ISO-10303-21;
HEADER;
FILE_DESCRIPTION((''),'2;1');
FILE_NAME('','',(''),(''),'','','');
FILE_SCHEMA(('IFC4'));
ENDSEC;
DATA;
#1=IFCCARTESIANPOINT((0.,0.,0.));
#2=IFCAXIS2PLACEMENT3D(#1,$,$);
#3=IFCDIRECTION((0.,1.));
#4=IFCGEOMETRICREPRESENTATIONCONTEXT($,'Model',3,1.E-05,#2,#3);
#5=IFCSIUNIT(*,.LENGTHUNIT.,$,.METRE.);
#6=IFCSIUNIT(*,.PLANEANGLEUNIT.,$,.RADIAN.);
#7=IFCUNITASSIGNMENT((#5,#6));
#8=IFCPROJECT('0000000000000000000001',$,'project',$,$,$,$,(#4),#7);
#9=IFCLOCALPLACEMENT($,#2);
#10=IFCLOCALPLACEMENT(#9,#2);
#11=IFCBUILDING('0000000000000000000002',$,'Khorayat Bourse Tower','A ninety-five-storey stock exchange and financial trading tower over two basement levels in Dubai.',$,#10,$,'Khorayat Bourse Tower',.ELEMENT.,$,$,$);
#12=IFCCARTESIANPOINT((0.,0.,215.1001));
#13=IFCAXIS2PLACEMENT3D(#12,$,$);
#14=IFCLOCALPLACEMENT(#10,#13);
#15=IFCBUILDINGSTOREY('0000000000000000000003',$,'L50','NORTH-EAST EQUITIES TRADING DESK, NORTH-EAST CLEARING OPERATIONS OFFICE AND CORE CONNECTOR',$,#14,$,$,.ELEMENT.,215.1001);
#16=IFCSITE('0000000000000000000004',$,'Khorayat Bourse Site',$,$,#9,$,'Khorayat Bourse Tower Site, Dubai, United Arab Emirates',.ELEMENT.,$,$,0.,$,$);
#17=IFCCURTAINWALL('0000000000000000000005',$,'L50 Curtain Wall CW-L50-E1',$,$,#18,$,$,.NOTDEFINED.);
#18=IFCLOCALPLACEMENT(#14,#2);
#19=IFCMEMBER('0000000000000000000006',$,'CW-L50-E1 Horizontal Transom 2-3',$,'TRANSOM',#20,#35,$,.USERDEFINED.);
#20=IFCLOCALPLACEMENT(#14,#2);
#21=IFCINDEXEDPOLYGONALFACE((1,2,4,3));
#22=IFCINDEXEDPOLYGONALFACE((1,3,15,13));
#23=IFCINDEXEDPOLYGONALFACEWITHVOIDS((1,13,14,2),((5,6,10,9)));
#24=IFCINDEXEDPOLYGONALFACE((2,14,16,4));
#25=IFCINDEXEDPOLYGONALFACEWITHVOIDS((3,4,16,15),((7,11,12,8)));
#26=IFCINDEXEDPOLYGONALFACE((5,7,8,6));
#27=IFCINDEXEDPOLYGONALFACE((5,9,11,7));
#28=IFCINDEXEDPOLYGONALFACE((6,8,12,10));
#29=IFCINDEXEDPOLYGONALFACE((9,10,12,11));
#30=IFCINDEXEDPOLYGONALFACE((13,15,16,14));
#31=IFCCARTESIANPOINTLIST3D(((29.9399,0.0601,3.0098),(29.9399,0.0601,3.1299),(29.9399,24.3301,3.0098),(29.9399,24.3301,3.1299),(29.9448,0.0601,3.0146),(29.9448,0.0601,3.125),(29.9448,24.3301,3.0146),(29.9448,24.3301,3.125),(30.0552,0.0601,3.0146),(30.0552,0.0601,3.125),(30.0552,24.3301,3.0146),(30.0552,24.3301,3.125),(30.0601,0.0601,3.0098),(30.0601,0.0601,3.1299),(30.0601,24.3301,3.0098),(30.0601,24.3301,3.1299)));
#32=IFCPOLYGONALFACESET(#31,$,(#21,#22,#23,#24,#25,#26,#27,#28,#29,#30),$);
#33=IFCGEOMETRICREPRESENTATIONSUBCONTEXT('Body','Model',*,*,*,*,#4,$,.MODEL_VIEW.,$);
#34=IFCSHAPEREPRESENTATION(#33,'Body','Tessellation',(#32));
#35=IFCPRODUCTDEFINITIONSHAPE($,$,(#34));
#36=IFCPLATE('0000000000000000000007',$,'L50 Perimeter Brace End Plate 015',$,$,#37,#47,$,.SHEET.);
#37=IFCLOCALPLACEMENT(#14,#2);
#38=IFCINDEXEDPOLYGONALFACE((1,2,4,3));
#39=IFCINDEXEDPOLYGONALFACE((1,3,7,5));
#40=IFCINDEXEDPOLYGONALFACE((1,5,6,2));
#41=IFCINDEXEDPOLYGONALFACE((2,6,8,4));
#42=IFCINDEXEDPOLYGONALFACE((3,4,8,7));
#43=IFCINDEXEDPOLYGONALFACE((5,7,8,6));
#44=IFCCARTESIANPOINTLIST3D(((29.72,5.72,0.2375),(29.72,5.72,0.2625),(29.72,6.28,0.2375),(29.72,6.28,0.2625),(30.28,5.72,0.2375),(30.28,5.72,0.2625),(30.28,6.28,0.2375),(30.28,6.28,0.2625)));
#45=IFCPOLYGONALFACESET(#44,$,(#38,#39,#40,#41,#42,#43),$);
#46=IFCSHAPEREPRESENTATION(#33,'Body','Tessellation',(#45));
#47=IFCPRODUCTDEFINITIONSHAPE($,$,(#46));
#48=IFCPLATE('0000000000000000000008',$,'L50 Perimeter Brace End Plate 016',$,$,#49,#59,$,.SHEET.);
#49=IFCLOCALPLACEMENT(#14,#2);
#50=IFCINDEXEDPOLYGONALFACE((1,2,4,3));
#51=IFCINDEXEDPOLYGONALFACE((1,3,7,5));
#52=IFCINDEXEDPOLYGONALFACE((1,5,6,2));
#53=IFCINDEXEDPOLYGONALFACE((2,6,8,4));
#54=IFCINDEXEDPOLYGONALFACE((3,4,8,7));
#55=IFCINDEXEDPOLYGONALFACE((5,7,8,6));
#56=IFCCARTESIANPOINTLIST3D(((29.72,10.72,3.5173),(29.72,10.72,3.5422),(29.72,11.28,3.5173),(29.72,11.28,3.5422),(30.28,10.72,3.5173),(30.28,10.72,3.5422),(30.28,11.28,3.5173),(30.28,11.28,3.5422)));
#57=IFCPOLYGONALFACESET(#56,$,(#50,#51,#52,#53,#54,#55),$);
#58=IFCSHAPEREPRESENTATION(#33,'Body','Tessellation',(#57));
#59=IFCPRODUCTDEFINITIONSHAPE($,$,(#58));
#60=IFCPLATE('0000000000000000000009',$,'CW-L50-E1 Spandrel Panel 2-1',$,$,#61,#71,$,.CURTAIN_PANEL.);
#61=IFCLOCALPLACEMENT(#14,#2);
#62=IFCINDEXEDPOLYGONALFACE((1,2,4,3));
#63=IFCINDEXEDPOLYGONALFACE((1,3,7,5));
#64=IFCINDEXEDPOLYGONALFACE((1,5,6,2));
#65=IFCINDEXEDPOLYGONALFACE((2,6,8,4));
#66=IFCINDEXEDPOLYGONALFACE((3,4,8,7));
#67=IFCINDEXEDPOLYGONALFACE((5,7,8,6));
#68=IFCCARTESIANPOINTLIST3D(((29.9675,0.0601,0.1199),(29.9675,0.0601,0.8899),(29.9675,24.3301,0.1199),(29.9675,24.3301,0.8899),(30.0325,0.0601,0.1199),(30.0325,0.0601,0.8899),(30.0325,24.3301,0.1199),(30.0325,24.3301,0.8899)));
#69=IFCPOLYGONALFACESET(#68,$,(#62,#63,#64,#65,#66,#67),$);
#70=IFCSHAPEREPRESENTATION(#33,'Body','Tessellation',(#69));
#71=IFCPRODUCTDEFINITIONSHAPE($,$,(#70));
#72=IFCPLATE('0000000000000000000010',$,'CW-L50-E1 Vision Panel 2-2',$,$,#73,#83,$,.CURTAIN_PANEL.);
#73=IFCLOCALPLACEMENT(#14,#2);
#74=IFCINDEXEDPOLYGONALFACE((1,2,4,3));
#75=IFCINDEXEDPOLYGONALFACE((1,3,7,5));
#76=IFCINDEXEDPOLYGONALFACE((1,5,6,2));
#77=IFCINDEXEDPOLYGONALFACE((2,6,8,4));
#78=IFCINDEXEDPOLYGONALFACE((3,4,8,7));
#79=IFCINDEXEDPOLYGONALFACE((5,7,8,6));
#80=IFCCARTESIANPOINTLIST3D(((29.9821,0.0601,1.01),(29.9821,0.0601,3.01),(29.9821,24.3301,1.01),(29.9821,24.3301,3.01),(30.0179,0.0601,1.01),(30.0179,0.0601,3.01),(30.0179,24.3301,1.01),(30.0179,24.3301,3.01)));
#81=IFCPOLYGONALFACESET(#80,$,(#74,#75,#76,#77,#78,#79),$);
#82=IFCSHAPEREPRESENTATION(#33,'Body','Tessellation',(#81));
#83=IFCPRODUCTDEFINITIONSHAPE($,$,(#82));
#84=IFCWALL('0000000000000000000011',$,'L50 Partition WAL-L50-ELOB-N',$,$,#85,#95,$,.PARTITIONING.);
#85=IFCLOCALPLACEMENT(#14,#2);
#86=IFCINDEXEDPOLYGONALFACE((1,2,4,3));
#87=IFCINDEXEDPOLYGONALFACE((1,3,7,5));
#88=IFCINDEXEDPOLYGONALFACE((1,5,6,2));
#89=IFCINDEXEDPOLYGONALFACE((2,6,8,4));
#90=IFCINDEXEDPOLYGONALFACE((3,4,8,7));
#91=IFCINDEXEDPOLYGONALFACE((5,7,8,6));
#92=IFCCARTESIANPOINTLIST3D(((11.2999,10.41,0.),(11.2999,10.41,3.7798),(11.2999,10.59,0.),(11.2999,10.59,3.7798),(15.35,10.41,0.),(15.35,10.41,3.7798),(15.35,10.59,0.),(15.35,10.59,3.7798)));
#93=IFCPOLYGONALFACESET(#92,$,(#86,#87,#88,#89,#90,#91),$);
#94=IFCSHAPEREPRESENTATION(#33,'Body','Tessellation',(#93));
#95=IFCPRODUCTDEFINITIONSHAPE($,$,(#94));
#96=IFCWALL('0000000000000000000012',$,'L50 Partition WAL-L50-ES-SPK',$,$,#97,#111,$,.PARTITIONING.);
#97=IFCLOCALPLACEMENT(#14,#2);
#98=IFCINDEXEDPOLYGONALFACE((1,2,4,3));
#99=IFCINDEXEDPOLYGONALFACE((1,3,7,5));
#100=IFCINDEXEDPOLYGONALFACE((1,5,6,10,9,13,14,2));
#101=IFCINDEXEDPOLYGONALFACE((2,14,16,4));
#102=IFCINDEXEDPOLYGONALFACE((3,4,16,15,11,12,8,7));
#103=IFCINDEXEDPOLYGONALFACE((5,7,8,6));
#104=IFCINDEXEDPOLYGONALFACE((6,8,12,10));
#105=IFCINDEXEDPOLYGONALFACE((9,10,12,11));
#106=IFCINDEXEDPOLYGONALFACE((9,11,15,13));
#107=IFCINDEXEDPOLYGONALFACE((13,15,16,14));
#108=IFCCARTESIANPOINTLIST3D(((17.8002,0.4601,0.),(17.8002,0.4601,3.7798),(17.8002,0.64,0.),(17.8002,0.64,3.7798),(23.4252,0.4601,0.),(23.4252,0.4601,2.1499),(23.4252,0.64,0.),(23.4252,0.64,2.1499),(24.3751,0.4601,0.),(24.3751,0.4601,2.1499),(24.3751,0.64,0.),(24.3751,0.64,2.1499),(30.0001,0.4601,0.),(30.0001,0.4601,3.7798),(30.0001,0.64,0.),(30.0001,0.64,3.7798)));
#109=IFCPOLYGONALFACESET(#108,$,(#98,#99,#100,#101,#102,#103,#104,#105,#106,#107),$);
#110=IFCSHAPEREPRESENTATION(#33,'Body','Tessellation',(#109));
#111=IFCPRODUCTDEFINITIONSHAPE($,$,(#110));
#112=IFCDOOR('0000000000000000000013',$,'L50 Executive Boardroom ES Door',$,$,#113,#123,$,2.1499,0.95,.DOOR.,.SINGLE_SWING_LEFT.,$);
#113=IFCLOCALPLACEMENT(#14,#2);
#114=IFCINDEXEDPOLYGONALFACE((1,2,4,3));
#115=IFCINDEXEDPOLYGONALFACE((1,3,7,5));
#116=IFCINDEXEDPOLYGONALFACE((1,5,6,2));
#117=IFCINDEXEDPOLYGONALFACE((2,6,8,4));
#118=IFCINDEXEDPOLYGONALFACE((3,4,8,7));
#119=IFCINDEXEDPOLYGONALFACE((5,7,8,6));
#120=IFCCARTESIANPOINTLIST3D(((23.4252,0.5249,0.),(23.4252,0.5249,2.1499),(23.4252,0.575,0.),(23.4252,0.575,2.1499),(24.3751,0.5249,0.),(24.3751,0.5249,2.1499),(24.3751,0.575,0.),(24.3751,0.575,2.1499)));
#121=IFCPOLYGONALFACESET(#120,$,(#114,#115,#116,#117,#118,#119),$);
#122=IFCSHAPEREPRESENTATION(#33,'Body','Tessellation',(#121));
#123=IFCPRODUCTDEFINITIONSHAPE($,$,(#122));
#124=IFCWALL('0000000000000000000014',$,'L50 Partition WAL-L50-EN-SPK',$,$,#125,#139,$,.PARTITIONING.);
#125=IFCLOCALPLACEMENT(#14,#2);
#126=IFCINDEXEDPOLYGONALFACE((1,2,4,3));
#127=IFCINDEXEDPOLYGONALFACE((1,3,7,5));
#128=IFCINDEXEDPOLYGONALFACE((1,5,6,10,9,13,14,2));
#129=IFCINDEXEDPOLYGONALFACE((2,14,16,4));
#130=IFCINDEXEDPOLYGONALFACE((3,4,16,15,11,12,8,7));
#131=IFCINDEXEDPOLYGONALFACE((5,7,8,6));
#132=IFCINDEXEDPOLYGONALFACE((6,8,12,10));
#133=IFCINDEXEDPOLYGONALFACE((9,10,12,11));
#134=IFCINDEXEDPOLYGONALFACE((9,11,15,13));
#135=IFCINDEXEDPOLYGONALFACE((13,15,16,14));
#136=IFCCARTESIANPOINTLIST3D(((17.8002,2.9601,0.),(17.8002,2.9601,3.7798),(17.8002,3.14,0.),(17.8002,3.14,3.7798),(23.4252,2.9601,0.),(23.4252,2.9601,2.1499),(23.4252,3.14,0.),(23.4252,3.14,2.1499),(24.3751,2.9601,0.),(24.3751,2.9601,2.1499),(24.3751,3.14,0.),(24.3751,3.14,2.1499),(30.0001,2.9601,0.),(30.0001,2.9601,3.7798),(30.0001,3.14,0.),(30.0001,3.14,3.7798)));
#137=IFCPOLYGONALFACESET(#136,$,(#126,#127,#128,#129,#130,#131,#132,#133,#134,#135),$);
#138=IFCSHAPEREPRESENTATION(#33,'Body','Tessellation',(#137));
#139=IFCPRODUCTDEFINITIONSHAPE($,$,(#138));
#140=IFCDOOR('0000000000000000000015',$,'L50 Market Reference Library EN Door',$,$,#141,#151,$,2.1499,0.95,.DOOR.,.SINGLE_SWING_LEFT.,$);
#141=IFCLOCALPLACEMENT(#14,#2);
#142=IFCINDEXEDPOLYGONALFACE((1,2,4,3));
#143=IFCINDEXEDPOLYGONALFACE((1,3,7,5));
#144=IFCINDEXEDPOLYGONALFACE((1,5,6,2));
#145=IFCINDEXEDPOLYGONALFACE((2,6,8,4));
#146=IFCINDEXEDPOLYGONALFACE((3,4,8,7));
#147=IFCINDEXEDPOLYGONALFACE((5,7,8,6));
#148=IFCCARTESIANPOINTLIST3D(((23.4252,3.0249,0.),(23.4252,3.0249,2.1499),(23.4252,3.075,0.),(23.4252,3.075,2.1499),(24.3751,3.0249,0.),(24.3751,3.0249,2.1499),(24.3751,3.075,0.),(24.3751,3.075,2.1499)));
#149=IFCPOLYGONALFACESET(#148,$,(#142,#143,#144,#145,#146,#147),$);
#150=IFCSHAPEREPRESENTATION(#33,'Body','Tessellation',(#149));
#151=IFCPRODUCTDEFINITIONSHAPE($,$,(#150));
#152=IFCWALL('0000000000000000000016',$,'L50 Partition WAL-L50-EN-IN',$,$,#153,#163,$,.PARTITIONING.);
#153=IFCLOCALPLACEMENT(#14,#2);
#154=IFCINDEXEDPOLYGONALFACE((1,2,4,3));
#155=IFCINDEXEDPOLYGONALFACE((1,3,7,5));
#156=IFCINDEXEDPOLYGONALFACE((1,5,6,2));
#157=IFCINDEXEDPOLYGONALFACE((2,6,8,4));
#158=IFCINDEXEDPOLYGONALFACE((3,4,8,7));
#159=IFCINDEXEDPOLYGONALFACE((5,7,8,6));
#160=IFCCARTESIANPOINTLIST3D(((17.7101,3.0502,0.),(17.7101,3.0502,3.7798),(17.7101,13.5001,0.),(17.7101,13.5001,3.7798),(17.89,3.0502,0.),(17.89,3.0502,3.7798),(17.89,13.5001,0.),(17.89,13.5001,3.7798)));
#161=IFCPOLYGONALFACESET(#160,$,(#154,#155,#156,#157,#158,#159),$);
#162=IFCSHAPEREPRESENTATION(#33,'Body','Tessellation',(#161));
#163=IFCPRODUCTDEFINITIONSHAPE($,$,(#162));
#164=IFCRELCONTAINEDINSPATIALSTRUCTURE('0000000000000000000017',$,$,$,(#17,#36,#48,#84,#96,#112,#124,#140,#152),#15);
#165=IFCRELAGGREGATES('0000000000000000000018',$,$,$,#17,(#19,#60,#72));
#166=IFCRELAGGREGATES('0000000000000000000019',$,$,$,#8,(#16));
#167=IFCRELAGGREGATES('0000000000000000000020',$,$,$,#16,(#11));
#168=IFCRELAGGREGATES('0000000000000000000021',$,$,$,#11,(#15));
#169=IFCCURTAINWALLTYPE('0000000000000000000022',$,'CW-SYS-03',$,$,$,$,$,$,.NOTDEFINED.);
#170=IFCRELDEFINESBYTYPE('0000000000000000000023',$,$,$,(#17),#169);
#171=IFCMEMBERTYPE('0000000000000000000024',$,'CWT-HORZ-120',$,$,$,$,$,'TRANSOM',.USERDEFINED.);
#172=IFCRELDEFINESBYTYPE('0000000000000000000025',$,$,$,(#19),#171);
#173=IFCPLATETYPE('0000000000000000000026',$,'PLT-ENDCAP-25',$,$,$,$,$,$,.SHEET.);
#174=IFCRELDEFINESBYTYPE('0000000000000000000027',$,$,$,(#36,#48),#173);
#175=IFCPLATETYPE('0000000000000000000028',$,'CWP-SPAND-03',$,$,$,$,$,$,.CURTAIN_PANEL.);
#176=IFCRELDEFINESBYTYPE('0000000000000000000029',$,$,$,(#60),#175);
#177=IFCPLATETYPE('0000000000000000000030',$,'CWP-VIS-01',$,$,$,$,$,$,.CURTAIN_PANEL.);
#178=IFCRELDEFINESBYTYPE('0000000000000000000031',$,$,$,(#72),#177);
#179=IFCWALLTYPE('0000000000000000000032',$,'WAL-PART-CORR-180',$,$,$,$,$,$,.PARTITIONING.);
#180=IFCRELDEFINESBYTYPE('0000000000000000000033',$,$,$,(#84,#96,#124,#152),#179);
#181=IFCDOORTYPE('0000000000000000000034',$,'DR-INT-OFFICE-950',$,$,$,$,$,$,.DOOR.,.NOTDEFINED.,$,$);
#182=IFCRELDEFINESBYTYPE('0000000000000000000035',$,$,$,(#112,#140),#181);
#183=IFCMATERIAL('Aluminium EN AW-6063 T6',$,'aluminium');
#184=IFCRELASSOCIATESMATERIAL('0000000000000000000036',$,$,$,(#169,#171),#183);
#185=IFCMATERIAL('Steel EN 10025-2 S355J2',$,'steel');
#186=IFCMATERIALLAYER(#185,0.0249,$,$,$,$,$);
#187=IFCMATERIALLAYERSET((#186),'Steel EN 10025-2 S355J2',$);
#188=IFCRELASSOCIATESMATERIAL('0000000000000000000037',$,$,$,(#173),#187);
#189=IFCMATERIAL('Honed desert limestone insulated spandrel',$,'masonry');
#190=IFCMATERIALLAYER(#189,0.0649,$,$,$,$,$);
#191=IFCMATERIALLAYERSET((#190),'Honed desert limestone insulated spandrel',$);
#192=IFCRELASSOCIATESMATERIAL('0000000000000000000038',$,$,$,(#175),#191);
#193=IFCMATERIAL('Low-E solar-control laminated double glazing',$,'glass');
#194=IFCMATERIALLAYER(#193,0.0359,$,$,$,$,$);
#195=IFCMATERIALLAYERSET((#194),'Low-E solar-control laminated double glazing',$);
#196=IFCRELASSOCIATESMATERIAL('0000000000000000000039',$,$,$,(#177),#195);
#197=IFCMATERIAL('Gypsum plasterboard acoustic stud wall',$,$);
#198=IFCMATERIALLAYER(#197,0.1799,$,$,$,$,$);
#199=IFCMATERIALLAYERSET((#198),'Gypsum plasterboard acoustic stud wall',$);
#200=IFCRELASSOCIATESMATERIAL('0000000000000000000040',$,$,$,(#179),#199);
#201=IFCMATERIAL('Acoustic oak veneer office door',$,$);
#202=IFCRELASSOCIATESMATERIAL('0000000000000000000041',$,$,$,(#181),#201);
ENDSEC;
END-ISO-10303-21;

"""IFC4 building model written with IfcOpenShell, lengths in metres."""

from ifc_helpers import new_model, si_unit, direction, frame, frame_2d, origin, origin_2d, place, context, subcontext, project, spatial, rectangle, hollow_rectangle, extrude, source, transform, mapped, material, layer, layer_set, material_profile, profile_set, type_object, element, fill, aggregate, save


model = new_model("IFC4")

# Units and contexts
model_context = context("Model", 3, precision=1e-05, world=origin(), true_north=direction((0.0, 1.0)))
body_context = subcontext(model_context, "Body", "Model", "MODEL_VIEW")
ifc_project = project(units=[si_unit("LENGTHUNIT", "METRE"), si_unit("PLANEANGLEUNIT", "RADIAN")], contexts=[model_context])

# Site, building, storey
site_placement = place(None, origin())
site = spatial("IfcSite", under=ifc_project, at=site_placement, Name="Khorayat Bourse Site", LongName="Khorayat Bourse Tower Site, Dubai, United Arab Emirates", CompositionType="ELEMENT", RefElevation=0.0)
building_placement = place(site_placement, origin())
building = spatial("IfcBuilding", under=site, at=building_placement, Name="Khorayat Bourse Tower", Description="A ninety-five-storey stock exchange and financial trading tower over two basement levels in Dubai.", LongName="Khorayat Bourse Tower", CompositionType="ELEMENT")
storey_placement = place(building_placement, frame((0.0, 0.0, 215.1001)))
storey = spatial("IfcBuildingStorey", under=building, at=storey_placement, Name="L50", Description="NORTH-EAST EQUITIES TRADING DESK, NORTH-EAST CLEARING OPERATIONS OFFICE AND CORE CONNECTOR", CompositionType="ELEMENT", Elevation=215.1001)

# Curtain wall, member
ifc_material_1 = material(Name="Aluminium EN AW-6063 T6", Category="aluminium")
curtain_wall_type = type_object("IfcCurtainWallType", Name="CW-SYS-03", PredefinedType="NOTDEFINED", material=ifc_material_1)
curtain_wall_placement = place(storey_placement, origin())
curtain_wall = element("IfcCurtainWall", 1, at=curtain_wall_placement, inside=storey, type_object=curtain_wall_type, Name="L50 Curtain Wall CW-L50-E1", PredefinedType="NOTDEFINED")
ifc_material_profile_1 = material_profile(ifc_material_1, hollow_rectangle(XDim=0.1201, YDim=0.1201, WallThickness=0.0049, at=origin_2d()), Name="ALU 120x120x5")
ifc_profile_set_1 = profile_set([ifc_material_profile_1], Name="Aluminium EN AW-6063 T6")
member_type_1 = type_object("IfcMemberType", Name="CWT-HORZ-120", ElementType="TRANSOM", PredefinedType="USERDEFINED", material=ifc_profile_set_1)
shared_shape_1 = source(origin(), body_context, "Body", "SweptSolid", [
    extrude(hollow_rectangle(XDim=0.1201, YDim=0.1201, WallThickness=0.0049, at=origin_2d()), origin(), (0.0, 0.0, 1.0), 24.27),
])
member_1_placement = place(storey_placement, frame((30.0, 0.0601, 3.0698), z_axis=(0.0, 1.0, 0.0), x_axis=(-1.0, 0.0, 0.0)))
member_1 = element("IfcMember", 2, at=member_1_placement, type_object=member_type_1, Name="CW-L50-E1 Horizontal Transom 2-3", ObjectType="TRANSOM", PredefinedType="USERDEFINED", context=body_context, shape_type="MappedRepresentation", body=[
    mapped(shared_shape_1, transform((0.0, 0.0, 0.0), scale=1.0)),
])

# Plates
ifc_material_2 = material(Name="Steel EN 10025-2 S355J2", Category="steel")
ifc_layer_1 = layer(ifc_material_2, 0.0249)
ifc_layer_set_1 = layer_set([ifc_layer_1], Name="Steel EN 10025-2 S355J2")
plate_type_1 = type_object("IfcPlateType", Name="PLT-ENDCAP-25", PredefinedType="SHEET", material=ifc_layer_set_1)
shared_shape_2 = source(origin(), body_context, "Body", "SweptSolid", [
    extrude(rectangle(XDim=0.5601, YDim=0.5601, at=origin_2d()), origin(), (0.0, 0.0, 1.0), 0.0249),
])
for number, where, z_axis, x_axis, name in (
    (3, (30.0, 6.0, 0.2375), (0.0, 0.0, 1.0), (1.0, 0.0, 0.0), "L50 Perimeter Brace End Plate 015"),
    (4, (30.0, 11.0, 3.5173), (0.0, 0.0, 1.0), (1.0, 0.0, 0.0), "L50 Perimeter Brace End Plate 016"),
):
    element("IfcPlate", number, at=place(storey_placement, frame(where, z_axis=z_axis, x_axis=x_axis)), inside=storey, type_object=plate_type_1, Name=name, PredefinedType="SHEET", context=body_context, shape_type="MappedRepresentation", body=[
        mapped(shared_shape_2, transform((0.0, 0.0, 0.0), scale=1.0)),
    ])

# Plates
ifc_material_3 = material(Name="Honed desert limestone insulated spandrel", Category="masonry")
ifc_layer_2 = layer(ifc_material_3, 0.0649)
ifc_layer_set_2 = layer_set([ifc_layer_2], Name="Honed desert limestone insulated spandrel")
plate_type_2 = type_object("IfcPlateType", Name="CWP-SPAND-03", PredefinedType="CURTAIN_PANEL", material=ifc_layer_set_2)
shared_shape_3 = source(origin(), body_context, "Body", "SweptSolid", [
    extrude(rectangle(XDim=24.27, YDim=0.0649, at=origin_2d()), origin(), (0.0, 0.0, 1.0), 0.77),
])
plate_1_placement = place(storey_placement, frame((30.0, 12.1951, 0.1199), z_axis=(0.0, 0.0, 1.0), x_axis=(0.0, 1.0, 0.0)))
plate_1 = element("IfcPlate", 5, at=plate_1_placement, type_object=plate_type_2, Name="CW-L50-E1 Spandrel Panel 2-1", PredefinedType="CURTAIN_PANEL", context=body_context, shape_type="MappedRepresentation", body=[
    mapped(shared_shape_3, transform((0.0, 0.0, 0.0), scale=1.0)),
])
ifc_material_4 = material(Name="Low-E solar-control laminated double glazing", Category="glass")
ifc_layer_3 = layer(ifc_material_4, 0.0359)
ifc_layer_set_3 = layer_set([ifc_layer_3], Name="Low-E solar-control laminated double glazing")
plate_type_3 = type_object("IfcPlateType", Name="CWP-VIS-01", PredefinedType="CURTAIN_PANEL", material=ifc_layer_set_3)
shared_shape_4 = source(origin(), body_context, "Body", "SweptSolid", [
    extrude(rectangle(XDim=24.27, YDim=0.0359, at=origin_2d()), origin(), (0.0, 0.0, 1.0), 2.0),
])
plate_2_placement = place(storey_placement, frame((30.0, 12.1951, 1.01), z_axis=(0.0, 0.0, 1.0), x_axis=(0.0, 1.0, 0.0)))
plate_2 = element("IfcPlate", 6, at=plate_2_placement, type_object=plate_type_3, Name="CW-L50-E1 Vision Panel 2-2", PredefinedType="CURTAIN_PANEL", context=body_context, shape_type="MappedRepresentation", body=[
    mapped(shared_shape_4, transform((0.0, 0.0, 0.0), scale=1.0)),
])
aggregate(curtain_wall, [member_1, plate_1, plate_2])

# Wall
ifc_material_5 = material(Name="Gypsum plasterboard acoustic stud wall")
ifc_layer_4 = layer(ifc_material_5, 0.1799)
ifc_layer_set_4 = layer_set([ifc_layer_4], Name="Gypsum plasterboard acoustic stud wall")
wall_type = type_object("IfcWallType", Name="WAL-PART-CORR-180", PredefinedType="PARTITIONING", material=ifc_layer_set_4)
shared_shape_5 = source(origin(), body_context, "Body", "SweptSolid", [
    extrude(rectangle(XDim=4.05, YDim=0.1799, at=frame_2d((2.0249, 0.0))), origin(), (0.0, 0.0, 1.0), 3.7798),
])
wall_1_placement = place(storey_placement, frame((11.3, 10.5, 0.0), z_axis=(0.0, 0.0, 1.0), x_axis=(1.0, 0.0, 0.0)))
element("IfcWall", 7, at=wall_1_placement, inside=storey, type_object=wall_type, Name="L50 Partition WAL-L50-ELOB-N", PredefinedType="PARTITIONING", context=body_context, shape_type="MappedRepresentation", body=[
    mapped(shared_shape_5, transform((0.0, 0.0, 0.0), scale=1.0)),
])

# Walls, openings, doors
shared_shape_6 = source(origin(), body_context, "Body", "SweptSolid", [
    extrude(rectangle(XDim=12.2, YDim=0.1799, at=frame_2d((6.1001, 0.0))), origin(), (0.0, 0.0, 1.0), 3.7798),
])
wall_2_placement = place(storey_placement, frame((17.8, 0.55, 0.0), z_axis=(0.0, 0.0, 1.0), x_axis=(1.0, 0.0, 0.0)))
wall_2 = element("IfcWall", 8, at=wall_2_placement, inside=storey, type_object=wall_type, Name="L50 Partition WAL-L50-ES-SPK", PredefinedType="PARTITIONING", context=body_context, shape_type="MappedRepresentation", body=[
    mapped(shared_shape_6, transform((0.0, 0.0, 0.0), scale=1.0)),
])
shared_shape_7 = source(origin(), body_context, "Body", "SweptSolid", [
    extrude(rectangle(XDim=0.95, YDim=2.1499, at=frame_2d((0.4751, 1.075))), frame((0.0, 0.0999, 0.0), z_axis=(0.0, -1.0, 0.0), x_axis=(1.0, 0.0, 0.0)), (0.0, 0.0, 1.0), 0.2),
])
opening_1_placement = place(wall_2_placement, frame((5.625, 0.0, 0.0)))
opening_1 = element("IfcOpeningElement", 9, at=opening_1_placement, cuts=wall_2, PredefinedType="OPENING", context=body_context, shape_type="MappedRepresentation", body=[
    mapped(shared_shape_7, transform((0.0, 0.0, 0.0), scale=1.0)),
])
ifc_material_6 = material(Name="Acoustic oak veneer office door")
door_type = type_object("IfcDoorType", Name="DR-INT-OFFICE-950", OperationType="NOTDEFINED", PredefinedType="DOOR", material=ifc_material_6)
shared_shape_8 = source(origin(), body_context, "Body", "SweptSolid", [
    extrude(rectangle(XDim=0.95, YDim=2.1499, at=frame_2d((0.4751, 1.075))), frame((0.0, 0.0249, 0.0), z_axis=(0.0, -1.0, 0.0), x_axis=(1.0, 0.0, 0.0)), (0.0, 0.0, 1.0), 0.05),
])
door_1_placement = place(opening_1_placement, origin())
door_1 = element("IfcDoor", 10, at=door_1_placement, inside=storey, type_object=door_type, Name="L50 Executive Boardroom ES Door", OperationType="SINGLE_SWING_LEFT", OverallHeight=2.1499, OverallWidth=0.95, PredefinedType="DOOR", context=body_context, shape_type="MappedRepresentation", body=[
    mapped(shared_shape_8, transform((0.0, 0.0, 0.0), scale=1.0)),
])
fill(opening_1, door_1)
wall_3_placement = place(storey_placement, frame((17.8, 3.05, 0.0), z_axis=(0.0, 0.0, 1.0), x_axis=(1.0, 0.0, 0.0)))
wall_3 = element("IfcWall", 11, at=wall_3_placement, inside=storey, type_object=wall_type, Name="L50 Partition WAL-L50-EN-SPK", PredefinedType="PARTITIONING", context=body_context, shape_type="MappedRepresentation", body=[
    mapped(shared_shape_6, transform((0.0, 0.0, 0.0), scale=1.0)),
])
opening_2_placement = place(wall_3_placement, frame((5.625, 0.0, 0.0)))
opening_2 = element("IfcOpeningElement", 12, at=opening_2_placement, cuts=wall_3, PredefinedType="OPENING", context=body_context, shape_type="MappedRepresentation", body=[
    mapped(shared_shape_7, transform((0.0, 0.0, 0.0), scale=1.0)),
])
door_2_placement = place(opening_2_placement, origin())
door_2 = element("IfcDoor", 13, at=door_2_placement, inside=storey, type_object=door_type, Name="L50 Market Reference Library EN Door", OperationType="SINGLE_SWING_LEFT", OverallHeight=2.1499, OverallWidth=0.95, PredefinedType="DOOR", context=body_context, shape_type="MappedRepresentation", body=[
    mapped(shared_shape_8, transform((0.0, 0.0, 0.0), scale=1.0)),
])
fill(opening_2, door_2)

# Wall
shared_shape_9 = source(origin(), body_context, "Body", "SweptSolid", [
    extrude(rectangle(XDim=10.45, YDim=0.1799, at=frame_2d((5.2251, 0.0))), origin(), (0.0, 0.0, 1.0), 3.7798),
])
wall_4_placement = place(storey_placement, frame((17.8, 3.05, 0.0), z_axis=(0.0, 0.0, 1.0), x_axis=(0.0, 1.0, 0.0)))
element("IfcWall", 14, at=wall_4_placement, inside=storey, type_object=wall_type, Name="L50 Partition WAL-L50-EN-IN", PredefinedType="PARTITIONING", context=body_context, shape_type="MappedRepresentation", body=[
    mapped(shared_shape_9, transform((0.0, 0.0, 0.0), scale=1.0)),
])

save(model, "model.ifc")
